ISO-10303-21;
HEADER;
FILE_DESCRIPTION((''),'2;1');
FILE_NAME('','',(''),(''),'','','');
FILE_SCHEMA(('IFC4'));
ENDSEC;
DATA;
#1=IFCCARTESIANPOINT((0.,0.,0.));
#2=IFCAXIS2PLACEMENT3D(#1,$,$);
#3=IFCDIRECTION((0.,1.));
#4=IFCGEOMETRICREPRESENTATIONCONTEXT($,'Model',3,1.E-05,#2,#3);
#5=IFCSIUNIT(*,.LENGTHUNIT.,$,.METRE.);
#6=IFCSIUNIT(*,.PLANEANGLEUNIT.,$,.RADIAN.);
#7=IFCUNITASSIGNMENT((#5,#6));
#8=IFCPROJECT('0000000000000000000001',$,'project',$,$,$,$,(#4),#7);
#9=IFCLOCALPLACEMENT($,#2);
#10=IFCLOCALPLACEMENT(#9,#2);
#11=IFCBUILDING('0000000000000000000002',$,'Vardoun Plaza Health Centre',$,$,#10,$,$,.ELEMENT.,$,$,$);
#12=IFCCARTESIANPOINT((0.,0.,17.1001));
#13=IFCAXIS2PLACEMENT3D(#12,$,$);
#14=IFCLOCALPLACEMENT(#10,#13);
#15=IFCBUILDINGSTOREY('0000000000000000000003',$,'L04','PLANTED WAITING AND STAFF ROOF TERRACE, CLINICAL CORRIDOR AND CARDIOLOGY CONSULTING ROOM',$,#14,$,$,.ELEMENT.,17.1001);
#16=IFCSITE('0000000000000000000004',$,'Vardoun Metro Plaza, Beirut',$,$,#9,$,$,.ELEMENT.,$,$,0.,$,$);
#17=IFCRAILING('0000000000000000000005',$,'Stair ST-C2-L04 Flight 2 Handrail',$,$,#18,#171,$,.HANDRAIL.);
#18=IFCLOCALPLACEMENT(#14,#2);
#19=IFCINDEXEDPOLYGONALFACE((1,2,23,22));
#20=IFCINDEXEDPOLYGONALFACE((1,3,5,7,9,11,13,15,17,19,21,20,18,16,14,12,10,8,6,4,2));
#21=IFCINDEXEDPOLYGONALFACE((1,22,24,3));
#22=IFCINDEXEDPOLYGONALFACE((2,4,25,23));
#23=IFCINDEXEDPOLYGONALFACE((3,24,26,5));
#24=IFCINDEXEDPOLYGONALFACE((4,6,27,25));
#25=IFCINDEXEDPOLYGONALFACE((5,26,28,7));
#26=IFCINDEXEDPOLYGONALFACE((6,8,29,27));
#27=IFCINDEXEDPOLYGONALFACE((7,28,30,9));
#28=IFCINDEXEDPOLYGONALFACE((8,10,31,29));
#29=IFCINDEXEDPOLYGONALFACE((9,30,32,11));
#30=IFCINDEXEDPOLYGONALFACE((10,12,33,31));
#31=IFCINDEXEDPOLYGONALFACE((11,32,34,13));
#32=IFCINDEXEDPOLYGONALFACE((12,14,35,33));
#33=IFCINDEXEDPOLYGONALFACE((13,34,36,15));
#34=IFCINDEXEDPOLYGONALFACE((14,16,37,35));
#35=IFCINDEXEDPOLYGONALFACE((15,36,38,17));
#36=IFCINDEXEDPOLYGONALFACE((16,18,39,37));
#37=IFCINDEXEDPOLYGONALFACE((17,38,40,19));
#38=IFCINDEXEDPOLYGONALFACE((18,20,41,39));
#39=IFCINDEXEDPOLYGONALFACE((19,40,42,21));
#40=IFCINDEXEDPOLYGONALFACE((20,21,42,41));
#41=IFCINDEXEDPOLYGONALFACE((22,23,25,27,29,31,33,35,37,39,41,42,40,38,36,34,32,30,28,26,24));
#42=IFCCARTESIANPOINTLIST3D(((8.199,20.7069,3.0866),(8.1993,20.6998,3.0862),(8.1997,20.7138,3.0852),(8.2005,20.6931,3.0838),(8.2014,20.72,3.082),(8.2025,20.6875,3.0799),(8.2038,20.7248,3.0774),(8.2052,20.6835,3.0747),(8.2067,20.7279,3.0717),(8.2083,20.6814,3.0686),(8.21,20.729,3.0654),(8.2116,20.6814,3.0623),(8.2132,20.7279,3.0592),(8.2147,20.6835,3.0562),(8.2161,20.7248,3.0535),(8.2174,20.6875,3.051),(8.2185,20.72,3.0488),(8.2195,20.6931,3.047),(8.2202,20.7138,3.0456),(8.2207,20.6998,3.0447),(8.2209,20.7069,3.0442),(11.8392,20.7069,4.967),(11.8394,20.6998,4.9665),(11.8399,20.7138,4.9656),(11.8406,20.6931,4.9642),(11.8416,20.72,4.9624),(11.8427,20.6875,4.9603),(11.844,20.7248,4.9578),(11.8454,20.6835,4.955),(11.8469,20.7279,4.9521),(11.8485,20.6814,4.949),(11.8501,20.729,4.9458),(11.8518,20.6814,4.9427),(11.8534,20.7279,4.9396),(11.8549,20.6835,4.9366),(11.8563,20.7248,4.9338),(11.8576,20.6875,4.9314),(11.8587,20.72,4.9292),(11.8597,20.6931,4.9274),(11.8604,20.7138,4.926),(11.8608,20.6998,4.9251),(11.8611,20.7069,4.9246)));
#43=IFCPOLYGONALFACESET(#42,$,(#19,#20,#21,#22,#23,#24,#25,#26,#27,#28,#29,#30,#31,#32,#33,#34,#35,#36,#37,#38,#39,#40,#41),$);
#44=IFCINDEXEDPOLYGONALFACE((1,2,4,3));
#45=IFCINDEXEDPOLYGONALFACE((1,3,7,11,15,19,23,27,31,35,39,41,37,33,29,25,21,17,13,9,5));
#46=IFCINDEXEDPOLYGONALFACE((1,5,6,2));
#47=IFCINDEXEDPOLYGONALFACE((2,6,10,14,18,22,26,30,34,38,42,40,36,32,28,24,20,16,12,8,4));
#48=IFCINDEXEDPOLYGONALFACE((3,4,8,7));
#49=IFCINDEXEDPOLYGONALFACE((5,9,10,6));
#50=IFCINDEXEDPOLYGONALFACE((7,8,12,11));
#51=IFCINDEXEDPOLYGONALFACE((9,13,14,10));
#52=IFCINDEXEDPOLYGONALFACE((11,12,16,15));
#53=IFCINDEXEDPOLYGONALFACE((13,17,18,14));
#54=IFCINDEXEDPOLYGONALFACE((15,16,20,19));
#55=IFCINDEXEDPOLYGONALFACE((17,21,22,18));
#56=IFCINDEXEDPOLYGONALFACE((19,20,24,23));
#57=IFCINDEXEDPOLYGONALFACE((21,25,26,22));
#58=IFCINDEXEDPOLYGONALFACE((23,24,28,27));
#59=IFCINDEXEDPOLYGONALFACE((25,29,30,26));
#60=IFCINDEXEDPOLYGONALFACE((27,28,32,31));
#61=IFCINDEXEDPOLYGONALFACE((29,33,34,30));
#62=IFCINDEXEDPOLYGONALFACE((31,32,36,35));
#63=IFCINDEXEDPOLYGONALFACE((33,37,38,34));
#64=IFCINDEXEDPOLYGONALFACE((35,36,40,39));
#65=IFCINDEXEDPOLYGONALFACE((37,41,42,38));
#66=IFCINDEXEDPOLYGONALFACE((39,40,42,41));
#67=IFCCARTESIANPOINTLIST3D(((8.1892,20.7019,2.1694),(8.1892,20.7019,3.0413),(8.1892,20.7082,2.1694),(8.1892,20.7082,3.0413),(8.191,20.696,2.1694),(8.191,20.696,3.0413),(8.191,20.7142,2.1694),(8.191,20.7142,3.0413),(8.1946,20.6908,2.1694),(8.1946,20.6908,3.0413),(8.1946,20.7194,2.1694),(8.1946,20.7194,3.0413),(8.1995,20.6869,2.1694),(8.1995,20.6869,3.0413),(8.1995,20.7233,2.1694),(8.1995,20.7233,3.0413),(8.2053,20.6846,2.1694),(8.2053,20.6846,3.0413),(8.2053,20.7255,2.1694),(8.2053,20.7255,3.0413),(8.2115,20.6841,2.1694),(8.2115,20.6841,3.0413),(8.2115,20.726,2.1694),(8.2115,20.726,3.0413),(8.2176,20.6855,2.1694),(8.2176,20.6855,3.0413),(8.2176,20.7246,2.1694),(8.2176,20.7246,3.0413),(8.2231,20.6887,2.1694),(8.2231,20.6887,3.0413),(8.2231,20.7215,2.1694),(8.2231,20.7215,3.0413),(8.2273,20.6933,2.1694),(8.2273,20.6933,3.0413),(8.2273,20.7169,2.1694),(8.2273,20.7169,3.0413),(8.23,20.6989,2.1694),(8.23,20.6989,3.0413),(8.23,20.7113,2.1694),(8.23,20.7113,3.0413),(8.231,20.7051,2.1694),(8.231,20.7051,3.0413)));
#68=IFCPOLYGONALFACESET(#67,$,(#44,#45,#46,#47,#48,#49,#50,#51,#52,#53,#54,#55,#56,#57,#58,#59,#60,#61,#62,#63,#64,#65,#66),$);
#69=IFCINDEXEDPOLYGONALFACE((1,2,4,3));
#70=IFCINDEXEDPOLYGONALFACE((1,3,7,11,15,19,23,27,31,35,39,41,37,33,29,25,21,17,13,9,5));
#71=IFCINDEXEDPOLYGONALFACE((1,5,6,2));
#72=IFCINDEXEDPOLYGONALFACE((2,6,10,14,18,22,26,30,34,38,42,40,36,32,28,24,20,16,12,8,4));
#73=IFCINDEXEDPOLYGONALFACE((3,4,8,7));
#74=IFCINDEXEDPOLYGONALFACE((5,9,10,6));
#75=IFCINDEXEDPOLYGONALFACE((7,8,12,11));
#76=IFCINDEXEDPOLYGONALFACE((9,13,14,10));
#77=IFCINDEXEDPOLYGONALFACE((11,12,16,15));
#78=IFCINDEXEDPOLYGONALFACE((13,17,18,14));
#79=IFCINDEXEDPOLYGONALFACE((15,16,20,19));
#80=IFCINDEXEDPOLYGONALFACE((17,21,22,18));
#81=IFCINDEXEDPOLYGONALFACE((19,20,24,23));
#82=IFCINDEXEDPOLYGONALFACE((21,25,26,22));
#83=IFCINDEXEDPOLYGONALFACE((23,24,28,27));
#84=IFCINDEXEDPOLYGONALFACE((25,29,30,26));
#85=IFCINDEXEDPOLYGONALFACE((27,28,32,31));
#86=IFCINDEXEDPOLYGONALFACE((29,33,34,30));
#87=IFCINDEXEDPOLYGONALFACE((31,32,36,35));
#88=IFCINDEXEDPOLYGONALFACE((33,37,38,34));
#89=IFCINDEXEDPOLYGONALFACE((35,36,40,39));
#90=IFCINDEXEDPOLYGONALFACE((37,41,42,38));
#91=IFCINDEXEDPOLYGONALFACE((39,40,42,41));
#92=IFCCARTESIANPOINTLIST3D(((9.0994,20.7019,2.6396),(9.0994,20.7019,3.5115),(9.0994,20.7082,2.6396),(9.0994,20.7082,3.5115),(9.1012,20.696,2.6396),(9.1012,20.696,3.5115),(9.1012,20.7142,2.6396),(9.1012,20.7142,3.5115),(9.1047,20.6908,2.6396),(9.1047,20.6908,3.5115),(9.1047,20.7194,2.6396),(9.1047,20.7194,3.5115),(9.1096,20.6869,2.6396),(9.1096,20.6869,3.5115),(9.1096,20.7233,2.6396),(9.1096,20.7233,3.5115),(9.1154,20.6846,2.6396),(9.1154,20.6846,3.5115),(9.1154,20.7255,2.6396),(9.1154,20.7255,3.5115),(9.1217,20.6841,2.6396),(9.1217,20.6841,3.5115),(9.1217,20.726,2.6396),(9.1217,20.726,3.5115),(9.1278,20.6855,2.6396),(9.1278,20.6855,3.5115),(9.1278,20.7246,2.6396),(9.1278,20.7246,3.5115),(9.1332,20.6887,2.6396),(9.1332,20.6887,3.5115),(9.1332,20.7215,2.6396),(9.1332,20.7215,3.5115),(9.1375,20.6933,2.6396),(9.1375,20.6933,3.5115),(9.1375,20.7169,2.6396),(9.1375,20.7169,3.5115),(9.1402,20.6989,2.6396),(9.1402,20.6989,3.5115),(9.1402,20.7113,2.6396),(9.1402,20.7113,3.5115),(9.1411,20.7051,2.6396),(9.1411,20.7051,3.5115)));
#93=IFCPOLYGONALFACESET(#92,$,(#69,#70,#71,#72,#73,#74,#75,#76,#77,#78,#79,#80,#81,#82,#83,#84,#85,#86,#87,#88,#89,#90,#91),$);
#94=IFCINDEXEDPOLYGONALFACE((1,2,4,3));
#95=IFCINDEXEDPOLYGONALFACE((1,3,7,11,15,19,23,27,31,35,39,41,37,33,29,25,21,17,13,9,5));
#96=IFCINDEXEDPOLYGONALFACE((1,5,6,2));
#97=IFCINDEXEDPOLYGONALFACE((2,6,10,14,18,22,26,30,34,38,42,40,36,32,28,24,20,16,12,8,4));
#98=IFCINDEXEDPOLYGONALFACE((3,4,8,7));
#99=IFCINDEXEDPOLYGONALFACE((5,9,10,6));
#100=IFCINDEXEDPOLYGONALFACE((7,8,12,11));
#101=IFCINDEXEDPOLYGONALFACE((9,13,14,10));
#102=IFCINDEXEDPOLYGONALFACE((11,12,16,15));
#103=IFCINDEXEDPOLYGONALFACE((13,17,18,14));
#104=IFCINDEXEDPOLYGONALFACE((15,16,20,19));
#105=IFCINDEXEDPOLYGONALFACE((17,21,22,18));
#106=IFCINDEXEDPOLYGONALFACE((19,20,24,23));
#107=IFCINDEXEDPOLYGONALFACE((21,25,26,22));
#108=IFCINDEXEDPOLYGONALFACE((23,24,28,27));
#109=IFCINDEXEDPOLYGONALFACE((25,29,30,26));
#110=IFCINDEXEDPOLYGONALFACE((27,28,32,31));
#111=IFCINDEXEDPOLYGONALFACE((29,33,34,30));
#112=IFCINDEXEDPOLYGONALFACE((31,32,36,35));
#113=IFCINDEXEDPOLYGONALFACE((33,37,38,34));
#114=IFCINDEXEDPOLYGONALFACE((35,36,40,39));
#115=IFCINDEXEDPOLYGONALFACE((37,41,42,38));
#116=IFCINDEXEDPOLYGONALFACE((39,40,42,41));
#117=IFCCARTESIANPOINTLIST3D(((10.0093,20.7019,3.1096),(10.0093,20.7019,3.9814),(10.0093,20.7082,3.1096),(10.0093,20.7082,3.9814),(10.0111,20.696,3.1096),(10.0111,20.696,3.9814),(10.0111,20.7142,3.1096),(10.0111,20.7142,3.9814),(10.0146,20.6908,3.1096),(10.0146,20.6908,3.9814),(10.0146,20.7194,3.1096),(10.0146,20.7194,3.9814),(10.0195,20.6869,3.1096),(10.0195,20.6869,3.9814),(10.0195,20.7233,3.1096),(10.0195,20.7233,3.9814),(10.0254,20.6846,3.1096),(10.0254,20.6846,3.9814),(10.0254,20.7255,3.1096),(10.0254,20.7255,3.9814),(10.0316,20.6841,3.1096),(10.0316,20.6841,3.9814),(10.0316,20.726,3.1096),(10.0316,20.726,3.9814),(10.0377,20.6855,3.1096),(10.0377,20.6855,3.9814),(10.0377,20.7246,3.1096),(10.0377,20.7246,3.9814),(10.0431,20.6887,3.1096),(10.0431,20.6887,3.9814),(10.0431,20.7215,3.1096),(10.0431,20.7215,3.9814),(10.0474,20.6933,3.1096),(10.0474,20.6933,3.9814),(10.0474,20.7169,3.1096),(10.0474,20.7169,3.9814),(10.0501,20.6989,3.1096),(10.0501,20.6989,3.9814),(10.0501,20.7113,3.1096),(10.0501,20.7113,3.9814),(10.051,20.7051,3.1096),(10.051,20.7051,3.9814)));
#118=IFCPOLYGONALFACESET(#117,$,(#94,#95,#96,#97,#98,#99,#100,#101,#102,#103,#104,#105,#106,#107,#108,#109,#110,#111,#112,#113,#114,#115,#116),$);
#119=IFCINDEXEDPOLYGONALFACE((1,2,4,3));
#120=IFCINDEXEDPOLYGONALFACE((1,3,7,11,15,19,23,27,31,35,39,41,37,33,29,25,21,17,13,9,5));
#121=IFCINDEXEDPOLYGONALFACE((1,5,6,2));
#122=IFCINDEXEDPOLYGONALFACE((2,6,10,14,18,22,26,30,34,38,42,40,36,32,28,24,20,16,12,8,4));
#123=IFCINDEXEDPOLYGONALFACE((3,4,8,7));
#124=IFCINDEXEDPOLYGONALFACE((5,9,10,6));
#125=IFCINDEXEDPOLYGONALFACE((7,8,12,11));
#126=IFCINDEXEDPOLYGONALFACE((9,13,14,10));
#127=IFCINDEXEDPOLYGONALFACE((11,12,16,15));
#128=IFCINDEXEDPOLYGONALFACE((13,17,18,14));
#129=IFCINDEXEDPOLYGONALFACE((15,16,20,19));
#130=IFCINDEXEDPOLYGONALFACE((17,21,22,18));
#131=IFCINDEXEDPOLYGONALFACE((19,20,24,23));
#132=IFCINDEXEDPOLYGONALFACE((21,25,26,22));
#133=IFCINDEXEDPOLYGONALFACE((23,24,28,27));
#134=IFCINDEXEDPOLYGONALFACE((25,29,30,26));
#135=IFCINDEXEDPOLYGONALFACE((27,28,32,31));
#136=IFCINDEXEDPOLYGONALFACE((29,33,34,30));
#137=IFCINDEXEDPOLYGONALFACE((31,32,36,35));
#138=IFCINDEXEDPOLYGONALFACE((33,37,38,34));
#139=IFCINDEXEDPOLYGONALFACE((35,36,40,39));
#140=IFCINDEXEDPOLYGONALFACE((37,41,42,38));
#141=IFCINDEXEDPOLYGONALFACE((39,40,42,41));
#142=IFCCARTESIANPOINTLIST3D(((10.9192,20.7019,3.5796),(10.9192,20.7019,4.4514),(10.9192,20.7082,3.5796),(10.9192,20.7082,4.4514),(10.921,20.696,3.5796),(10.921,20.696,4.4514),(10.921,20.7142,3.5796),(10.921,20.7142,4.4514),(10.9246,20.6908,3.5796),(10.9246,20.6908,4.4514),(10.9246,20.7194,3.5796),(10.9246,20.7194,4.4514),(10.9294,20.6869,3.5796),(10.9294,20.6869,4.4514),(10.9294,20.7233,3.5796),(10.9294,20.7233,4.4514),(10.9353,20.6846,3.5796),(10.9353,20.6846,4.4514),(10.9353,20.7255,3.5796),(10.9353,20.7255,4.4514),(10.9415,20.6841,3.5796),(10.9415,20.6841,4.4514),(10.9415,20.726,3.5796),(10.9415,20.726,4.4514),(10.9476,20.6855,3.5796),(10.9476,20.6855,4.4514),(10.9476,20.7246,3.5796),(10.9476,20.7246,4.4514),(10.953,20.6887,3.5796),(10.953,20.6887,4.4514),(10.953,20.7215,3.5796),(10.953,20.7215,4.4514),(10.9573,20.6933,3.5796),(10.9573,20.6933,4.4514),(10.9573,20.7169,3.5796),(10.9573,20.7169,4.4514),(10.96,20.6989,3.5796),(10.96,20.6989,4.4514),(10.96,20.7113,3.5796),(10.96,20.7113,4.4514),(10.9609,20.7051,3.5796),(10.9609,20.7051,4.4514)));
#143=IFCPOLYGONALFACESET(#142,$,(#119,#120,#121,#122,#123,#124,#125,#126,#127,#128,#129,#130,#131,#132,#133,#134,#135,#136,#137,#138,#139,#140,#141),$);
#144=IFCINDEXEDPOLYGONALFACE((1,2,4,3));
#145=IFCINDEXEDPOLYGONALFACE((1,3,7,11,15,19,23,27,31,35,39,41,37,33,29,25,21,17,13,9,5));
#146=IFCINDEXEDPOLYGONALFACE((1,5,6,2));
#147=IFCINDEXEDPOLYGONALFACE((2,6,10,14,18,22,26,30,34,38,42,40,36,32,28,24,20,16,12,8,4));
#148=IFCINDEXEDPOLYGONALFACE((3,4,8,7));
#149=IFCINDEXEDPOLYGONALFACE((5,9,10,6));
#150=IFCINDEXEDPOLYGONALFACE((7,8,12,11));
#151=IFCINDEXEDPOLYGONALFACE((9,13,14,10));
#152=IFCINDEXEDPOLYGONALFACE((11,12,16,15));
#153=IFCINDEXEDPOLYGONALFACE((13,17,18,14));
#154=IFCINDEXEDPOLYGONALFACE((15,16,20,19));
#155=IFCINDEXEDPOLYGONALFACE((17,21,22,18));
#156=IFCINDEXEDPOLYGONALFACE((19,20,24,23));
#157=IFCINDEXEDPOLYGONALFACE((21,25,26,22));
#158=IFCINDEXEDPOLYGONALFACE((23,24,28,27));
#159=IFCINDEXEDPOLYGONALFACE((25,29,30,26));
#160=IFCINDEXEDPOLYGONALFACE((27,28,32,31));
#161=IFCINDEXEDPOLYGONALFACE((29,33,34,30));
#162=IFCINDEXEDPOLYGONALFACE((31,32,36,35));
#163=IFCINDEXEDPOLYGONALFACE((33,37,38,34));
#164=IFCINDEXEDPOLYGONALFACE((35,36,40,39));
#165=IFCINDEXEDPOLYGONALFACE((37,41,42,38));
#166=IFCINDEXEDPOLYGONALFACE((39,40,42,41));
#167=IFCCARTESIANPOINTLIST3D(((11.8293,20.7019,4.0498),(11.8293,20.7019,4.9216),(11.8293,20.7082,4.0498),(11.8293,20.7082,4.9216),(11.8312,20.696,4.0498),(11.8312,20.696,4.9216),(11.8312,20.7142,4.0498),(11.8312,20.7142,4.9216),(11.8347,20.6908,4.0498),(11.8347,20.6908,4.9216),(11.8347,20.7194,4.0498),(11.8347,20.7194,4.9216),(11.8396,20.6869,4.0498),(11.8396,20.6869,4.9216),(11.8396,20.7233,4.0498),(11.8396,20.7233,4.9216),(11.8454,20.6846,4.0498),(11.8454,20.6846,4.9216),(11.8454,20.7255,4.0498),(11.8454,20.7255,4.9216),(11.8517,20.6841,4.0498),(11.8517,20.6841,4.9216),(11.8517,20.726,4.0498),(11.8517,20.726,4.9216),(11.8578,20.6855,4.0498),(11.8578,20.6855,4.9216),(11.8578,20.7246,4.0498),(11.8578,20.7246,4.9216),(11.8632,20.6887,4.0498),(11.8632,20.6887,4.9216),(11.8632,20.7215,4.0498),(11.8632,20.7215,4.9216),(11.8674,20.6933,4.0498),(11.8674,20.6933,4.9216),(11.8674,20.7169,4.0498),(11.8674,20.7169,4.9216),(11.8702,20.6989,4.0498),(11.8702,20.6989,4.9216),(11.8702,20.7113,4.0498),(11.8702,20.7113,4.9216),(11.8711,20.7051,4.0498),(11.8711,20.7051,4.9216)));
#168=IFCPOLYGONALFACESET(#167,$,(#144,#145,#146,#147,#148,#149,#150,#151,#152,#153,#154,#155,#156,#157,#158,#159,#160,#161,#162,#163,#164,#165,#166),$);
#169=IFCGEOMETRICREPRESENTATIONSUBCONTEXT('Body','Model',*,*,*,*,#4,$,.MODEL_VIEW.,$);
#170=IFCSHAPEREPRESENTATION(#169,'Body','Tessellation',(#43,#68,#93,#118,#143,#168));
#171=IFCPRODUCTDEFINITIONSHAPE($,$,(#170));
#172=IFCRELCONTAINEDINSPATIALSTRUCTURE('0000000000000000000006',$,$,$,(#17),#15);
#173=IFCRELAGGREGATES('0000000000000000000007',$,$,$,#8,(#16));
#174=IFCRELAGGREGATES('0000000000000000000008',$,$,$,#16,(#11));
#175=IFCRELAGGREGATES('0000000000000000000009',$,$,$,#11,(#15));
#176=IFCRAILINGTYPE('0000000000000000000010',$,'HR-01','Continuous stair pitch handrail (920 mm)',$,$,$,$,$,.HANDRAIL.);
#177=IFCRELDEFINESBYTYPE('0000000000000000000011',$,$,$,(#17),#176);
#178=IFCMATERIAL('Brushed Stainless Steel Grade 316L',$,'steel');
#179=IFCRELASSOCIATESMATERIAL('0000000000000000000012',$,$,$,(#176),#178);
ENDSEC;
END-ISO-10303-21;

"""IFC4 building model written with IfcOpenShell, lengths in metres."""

from ifc_helpers import new_model, si_unit, direction, frame, origin, origin_2d, place, context, subcontext, project, spatial, circle, extrude, material, type_object, element, save


model = new_model("IFC4")

# Units and contexts
model_context = context("Model", 3, precision=1e-05, world=origin(), true_north=direction((0.0, 1.0)))
body_context = subcontext(model_context, "Body", "Model", "MODEL_VIEW")
ifc_project = project(units=[si_unit("LENGTHUNIT", "METRE"), si_unit("PLANEANGLEUNIT", "RADIAN")], contexts=[model_context])

# Site, building, storey
site_placement = place(None, origin())
site = spatial("IfcSite", under=ifc_project, at=site_placement, Name="Vardoun Metro Plaza, Beirut", CompositionType="ELEMENT", RefElevation=0.0)
building_placement = place(site_placement, origin())
building = spatial("IfcBuilding", under=site, at=building_placement, Name="Vardoun Plaza Health Centre", CompositionType="ELEMENT")
storey_placement = place(building_placement, frame((0.0, 0.0, 17.1001)))
storey = spatial("IfcBuildingStorey", under=building, at=storey_placement, Name="L04", Description="PLANTED WAITING AND STAFF ROOF TERRACE, CLINICAL CORRIDOR AND CARDIOLOGY CONSULTING ROOM", CompositionType="ELEMENT", Elevation=17.1001)

# Railing
ifc_material_1 = material(Name="Brushed Stainless Steel Grade 316L", Category="steel")
railing_type_1 = type_object("IfcRailingType", Name="HR-01", Description="Continuous stair pitch handrail (920 mm)", PredefinedType="HANDRAIL", material=ifc_material_1)
railing_1_placement = place(storey_placement, frame((8.21, 20.7051, 2.1694)))
element("IfcRailing", 1, at=railing_1_placement, inside=storey, type_object=railing_type_1, Name="Stair ST-C2-L04 Flight 2 Handrail", PredefinedType="HANDRAIL", context=body_context, shape_type="SweptSolid", body=[
    extrude(circle(Radius=0.0239, at=origin_2d()), frame((0.0, 0.0, 0.896), z_axis=(0.888462, 0.0, 0.45895), x_axis=(0.0, 1.0, 0.0)), (0.0, 0.0, 1.0), 4.0972),
    extrude(circle(Radius=0.021, at=origin_2d()), origin(), (0.0, 0.0, 1.0), 0.8718),
    extrude(circle(Radius=0.021, at=origin_2d()), frame((0.9102, 0.0, 0.4702)), (0.0, 0.0, 1.0), 0.8718),
    extrude(circle(Radius=0.021, at=origin_2d()), frame((1.8201, 0.0, 0.9402)), (0.0, 0.0, 1.0), 0.8718),
    extrude(circle(Radius=0.021, at=origin_2d()), frame((2.73, 0.0, 1.4102)), (0.0, 0.0, 1.0), 0.8718),
    extrude(circle(Radius=0.021, at=origin_2d()), frame((3.6401, 0.0, 1.8804)), (0.0, 0.0, 1.0), 0.8718),
])

save(model, "model.ifc")
